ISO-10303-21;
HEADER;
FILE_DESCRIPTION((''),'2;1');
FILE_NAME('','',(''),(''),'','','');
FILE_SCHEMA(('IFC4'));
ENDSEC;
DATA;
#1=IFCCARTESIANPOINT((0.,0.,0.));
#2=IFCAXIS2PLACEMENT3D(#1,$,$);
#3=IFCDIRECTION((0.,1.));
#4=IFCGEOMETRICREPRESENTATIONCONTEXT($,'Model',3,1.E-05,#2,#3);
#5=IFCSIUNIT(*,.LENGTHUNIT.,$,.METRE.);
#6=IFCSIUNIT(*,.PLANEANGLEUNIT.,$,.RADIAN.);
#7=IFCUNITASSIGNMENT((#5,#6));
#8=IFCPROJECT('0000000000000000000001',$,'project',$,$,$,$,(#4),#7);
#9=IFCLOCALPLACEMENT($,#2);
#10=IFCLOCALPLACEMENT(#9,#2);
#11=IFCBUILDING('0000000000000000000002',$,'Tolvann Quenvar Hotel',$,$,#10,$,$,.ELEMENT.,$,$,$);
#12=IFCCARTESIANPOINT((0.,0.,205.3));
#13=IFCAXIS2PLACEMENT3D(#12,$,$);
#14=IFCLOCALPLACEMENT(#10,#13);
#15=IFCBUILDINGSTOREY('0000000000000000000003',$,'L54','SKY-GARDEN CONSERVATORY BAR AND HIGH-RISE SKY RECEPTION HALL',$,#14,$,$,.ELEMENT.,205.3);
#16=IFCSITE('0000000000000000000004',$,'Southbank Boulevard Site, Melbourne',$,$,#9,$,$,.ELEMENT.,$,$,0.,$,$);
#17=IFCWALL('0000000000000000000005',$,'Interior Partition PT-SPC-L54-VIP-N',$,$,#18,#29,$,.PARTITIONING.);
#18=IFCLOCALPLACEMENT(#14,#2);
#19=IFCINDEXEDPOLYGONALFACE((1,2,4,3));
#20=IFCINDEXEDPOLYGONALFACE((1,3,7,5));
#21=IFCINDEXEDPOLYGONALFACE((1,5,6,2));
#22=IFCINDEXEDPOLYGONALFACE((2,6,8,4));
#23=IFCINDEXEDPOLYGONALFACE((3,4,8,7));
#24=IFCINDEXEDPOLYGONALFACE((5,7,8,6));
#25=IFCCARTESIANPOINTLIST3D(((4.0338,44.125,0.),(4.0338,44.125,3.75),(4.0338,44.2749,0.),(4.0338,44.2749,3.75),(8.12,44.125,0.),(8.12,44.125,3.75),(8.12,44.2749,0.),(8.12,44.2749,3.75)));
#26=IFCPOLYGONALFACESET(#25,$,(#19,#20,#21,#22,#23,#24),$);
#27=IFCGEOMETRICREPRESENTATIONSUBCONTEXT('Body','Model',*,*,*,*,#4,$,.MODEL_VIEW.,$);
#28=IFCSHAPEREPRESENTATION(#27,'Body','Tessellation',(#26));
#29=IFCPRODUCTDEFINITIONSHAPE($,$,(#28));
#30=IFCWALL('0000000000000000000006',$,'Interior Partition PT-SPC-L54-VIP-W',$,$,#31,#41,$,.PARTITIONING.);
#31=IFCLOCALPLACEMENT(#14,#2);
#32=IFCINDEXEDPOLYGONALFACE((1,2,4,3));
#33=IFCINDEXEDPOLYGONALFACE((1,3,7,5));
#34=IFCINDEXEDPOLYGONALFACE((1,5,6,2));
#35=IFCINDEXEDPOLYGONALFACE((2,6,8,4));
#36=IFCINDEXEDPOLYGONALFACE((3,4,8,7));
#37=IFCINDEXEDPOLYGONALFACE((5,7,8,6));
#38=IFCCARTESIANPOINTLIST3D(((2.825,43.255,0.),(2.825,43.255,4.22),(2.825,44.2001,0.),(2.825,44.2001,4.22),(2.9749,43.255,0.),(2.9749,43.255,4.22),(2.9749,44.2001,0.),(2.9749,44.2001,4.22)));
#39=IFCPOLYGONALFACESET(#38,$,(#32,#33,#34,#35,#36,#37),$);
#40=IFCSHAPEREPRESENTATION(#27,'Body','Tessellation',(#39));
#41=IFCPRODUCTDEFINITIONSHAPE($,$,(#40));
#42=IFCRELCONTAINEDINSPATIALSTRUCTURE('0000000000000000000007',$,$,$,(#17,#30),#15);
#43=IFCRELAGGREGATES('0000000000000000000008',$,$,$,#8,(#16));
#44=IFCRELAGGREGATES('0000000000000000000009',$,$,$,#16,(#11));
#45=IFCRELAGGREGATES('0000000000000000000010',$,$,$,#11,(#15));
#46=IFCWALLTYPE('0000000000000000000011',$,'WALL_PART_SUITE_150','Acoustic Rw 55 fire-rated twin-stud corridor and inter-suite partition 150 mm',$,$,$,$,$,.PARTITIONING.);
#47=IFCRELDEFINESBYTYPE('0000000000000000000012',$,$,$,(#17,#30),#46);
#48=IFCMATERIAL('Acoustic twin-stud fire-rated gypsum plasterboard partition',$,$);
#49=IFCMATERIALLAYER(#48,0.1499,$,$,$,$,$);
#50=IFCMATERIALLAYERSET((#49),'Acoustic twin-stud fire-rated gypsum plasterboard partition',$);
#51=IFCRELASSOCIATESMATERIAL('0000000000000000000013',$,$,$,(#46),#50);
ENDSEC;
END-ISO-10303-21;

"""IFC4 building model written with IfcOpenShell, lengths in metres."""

from ifc_helpers import new_model, si_unit, direction, frame, frame_2d, origin, place, context, subcontext, project, spatial, rectangle, extrude, material, layer, layer_set, type_object, element, save


model = new_model("IFC4")

# Units and contexts
model_context = context("Model", 3, precision=1e-05, world=origin(), true_north=direction((0.0, 1.0)))
body_context = subcontext(model_context, "Body", "Model", "MODEL_VIEW")
ifc_project = project(units=[si_unit("LENGTHUNIT", "METRE"), si_unit("PLANEANGLEUNIT", "RADIAN")], contexts=[model_context])

# Site, building, storey
site_placement = place(None, origin())
site = spatial("IfcSite", under=ifc_project, at=site_placement, Name="Southbank Boulevard Site, Melbourne", CompositionType="ELEMENT", RefElevation=0.0)
building_placement = place(site_placement, origin())
building = spatial("IfcBuilding", under=site, at=building_placement, Name="Tolvann Quenvar Hotel", CompositionType="ELEMENT")
storey_placement = place(building_placement, frame((0.0, 0.0, 205.3)))
storey = spatial("IfcBuildingStorey", under=building, at=storey_placement, Name="L54", Description="SKY-GARDEN CONSERVATORY BAR AND HIGH-RISE SKY RECEPTION HALL", CompositionType="ELEMENT", Elevation=205.3)

# Walls
ifc_material_1 = material(Name="Acoustic twin-stud fire-rated gypsum plasterboard partition")
ifc_layer_1 = layer(ifc_material_1, 0.1499)
ifc_layer_set_1 = layer_set([ifc_layer_1], Name="Acoustic twin-stud fire-rated gypsum plasterboard partition")
wall_type_1 = type_object("IfcWallType", Name="WALL_PART_SUITE_150", Description="Acoustic Rw 55 fire-rated twin-stud corridor and inter-suite partition 150 mm", PredefinedType="PARTITIONING", material=ifc_layer_set_1)
wall_1_placement = place(storey_placement, frame((4.0339, 44.2, 0.0), z_axis=(0.0, 0.0, 1.0), x_axis=(1.0, 0.0, 0.0)))
element("IfcWall", 1, at=wall_1_placement, inside=storey, type_object=wall_type_1, Name="Interior Partition PT-SPC-L54-VIP-N", PredefinedType="PARTITIONING", context=body_context, shape_type="SweptSolid", body=[
    extrude(rectangle(XDim=4.0862, YDim=0.1499, at=frame_2d((2.043, 0.0))), origin(), (0.0, 0.0, 1.0), 3.75),
])
wall_2_placement = place(storey_placement, frame((2.8999, 43.2549, 0.0), z_axis=(0.0, 0.0, 1.0), x_axis=(0.0, 1.0, 0.0)))
element("IfcWall", 2, at=wall_2_placement, inside=storey, type_object=wall_type_1, Name="Interior Partition PT-SPC-L54-VIP-W", PredefinedType="PARTITIONING", context=body_context, shape_type="SweptSolid", body=[
    extrude(rectangle(XDim=0.9451, YDim=0.1499, at=frame_2d((0.4727, 0.0))), origin(), (0.0, 0.0, 1.0), 4.22),
])

save(model, "model.ifc")
